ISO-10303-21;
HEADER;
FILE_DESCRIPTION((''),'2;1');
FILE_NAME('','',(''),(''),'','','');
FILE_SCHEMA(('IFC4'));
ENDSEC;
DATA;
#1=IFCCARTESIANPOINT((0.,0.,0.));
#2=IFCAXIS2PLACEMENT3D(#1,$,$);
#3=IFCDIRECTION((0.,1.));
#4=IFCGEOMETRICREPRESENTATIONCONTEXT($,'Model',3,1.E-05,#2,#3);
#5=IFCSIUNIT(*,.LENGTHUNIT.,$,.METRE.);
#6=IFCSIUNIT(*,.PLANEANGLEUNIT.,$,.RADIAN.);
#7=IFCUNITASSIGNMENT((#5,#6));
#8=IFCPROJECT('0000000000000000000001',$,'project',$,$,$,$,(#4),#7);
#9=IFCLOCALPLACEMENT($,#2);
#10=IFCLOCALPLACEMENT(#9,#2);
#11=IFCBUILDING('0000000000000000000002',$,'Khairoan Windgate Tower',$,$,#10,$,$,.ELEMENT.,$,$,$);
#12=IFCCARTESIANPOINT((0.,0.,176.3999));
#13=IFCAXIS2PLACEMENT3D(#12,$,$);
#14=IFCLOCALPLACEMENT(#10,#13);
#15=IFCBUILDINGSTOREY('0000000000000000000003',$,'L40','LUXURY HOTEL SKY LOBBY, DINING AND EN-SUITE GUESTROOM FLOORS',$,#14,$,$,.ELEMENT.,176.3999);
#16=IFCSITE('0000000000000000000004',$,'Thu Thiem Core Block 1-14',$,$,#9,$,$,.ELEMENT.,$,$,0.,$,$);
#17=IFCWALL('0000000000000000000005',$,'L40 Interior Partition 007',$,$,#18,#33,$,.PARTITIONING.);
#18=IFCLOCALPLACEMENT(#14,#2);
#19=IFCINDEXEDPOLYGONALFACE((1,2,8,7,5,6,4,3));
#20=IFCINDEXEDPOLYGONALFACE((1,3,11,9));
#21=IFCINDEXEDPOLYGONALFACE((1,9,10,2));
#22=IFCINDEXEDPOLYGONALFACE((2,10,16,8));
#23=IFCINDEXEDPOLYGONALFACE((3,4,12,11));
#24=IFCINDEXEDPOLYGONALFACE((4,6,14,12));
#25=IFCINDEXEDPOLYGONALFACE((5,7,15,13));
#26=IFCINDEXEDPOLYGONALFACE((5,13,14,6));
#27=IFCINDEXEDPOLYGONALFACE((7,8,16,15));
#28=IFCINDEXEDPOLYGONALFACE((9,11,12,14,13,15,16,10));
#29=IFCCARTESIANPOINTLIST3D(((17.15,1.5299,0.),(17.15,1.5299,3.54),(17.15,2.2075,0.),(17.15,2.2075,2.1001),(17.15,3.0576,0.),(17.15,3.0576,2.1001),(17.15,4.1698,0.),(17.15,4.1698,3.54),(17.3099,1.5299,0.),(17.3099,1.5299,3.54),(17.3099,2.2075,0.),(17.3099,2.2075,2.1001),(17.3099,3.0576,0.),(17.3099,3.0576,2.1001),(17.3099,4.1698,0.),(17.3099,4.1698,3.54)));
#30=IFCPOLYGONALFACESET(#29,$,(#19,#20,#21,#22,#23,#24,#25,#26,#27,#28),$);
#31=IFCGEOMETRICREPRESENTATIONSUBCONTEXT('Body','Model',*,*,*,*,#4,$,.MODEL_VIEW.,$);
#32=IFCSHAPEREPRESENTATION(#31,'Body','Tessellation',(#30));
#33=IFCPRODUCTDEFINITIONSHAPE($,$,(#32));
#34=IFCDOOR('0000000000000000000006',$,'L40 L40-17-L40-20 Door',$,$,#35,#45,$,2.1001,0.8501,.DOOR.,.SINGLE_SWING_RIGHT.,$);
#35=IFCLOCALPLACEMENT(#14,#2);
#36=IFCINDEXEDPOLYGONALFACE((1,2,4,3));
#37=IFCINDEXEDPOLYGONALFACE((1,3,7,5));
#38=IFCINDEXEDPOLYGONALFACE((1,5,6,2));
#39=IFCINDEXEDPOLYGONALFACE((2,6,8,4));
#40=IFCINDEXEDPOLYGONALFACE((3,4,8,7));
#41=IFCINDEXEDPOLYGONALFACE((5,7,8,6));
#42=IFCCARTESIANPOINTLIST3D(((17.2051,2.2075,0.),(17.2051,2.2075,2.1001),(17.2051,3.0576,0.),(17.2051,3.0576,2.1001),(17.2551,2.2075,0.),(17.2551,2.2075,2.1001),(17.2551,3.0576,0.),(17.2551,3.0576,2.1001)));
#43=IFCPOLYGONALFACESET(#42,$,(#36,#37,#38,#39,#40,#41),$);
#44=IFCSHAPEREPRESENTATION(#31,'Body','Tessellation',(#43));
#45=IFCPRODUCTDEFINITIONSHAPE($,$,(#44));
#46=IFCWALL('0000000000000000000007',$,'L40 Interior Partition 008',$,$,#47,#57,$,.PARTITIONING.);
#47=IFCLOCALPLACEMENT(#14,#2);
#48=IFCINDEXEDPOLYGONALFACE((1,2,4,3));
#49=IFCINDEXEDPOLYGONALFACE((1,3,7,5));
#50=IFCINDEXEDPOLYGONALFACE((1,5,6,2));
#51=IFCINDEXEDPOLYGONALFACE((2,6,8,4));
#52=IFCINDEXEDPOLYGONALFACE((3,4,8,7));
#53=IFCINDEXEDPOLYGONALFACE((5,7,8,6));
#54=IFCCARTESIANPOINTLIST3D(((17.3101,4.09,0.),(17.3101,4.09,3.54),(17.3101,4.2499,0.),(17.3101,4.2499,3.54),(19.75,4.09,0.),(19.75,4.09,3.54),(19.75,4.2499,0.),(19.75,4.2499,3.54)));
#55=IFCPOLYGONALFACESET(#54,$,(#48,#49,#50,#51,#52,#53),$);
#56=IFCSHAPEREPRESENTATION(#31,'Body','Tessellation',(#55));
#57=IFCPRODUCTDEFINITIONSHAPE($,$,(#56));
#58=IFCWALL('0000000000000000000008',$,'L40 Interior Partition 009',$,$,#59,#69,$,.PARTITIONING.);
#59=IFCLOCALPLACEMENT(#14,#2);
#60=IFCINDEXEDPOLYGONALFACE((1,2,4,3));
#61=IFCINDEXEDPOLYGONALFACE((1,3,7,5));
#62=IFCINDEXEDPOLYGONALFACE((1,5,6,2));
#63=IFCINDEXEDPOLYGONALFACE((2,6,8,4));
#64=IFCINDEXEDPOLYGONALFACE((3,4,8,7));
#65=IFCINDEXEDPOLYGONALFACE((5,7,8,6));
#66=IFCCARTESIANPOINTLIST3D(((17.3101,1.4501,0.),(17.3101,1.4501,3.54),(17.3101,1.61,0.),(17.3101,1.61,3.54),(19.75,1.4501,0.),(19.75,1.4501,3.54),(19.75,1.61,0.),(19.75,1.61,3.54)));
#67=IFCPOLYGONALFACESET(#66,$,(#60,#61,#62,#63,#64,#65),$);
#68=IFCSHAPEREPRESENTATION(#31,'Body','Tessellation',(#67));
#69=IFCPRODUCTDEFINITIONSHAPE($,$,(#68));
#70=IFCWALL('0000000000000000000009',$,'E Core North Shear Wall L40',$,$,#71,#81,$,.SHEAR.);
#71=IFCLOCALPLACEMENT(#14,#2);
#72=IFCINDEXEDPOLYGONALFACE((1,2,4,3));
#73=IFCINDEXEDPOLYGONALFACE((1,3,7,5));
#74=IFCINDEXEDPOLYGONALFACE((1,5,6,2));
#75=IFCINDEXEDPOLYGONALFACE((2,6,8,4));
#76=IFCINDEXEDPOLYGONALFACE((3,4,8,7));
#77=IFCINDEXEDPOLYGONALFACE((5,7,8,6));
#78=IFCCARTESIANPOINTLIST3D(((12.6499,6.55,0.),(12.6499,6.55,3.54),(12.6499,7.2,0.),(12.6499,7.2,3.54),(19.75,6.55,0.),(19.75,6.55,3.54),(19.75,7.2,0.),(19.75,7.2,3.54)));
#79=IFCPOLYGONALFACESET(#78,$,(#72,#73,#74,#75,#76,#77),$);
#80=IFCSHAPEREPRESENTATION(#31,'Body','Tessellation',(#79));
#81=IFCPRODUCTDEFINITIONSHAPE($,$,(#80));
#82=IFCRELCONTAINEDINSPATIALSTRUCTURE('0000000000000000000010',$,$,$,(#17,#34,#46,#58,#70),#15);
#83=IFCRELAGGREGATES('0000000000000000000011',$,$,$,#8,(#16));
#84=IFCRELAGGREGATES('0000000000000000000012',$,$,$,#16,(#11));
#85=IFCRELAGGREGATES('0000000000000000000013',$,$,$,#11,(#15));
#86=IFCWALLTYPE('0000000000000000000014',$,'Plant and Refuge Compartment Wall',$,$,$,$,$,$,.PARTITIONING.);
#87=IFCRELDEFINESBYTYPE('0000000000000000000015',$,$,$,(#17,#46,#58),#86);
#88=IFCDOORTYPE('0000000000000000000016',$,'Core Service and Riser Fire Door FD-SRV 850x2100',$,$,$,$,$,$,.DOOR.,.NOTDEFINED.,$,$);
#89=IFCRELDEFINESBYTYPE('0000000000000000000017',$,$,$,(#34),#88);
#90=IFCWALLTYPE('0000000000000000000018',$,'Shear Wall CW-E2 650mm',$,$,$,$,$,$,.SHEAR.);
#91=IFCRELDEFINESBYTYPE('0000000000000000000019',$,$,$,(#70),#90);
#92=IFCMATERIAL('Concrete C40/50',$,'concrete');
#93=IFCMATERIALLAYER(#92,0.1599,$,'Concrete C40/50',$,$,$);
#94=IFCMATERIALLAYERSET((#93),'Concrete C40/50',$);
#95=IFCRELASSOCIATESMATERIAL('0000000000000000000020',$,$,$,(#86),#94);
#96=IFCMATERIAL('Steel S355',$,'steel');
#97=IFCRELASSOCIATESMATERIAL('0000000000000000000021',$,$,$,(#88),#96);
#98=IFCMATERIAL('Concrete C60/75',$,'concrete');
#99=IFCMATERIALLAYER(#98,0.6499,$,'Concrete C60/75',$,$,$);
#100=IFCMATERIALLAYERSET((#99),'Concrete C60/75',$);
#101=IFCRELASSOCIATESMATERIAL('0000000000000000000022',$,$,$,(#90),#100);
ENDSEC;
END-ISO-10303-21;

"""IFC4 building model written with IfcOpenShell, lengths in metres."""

from ifc_helpers import new_model, si_unit, direction, frame, frame_2d, origin, place, context, subcontext, project, spatial, rectangle, extrude, material, layer, layer_set, type_object, element, fill, save


model = new_model("IFC4")

# Units and contexts
model_context = context("Model", 3, precision=1e-05, world=origin(), true_north=direction((0.0, 1.0)))
body_context = subcontext(model_context, "Body", "Model", "MODEL_VIEW")
ifc_project = project(units=[si_unit("LENGTHUNIT", "METRE"), si_unit("PLANEANGLEUNIT", "RADIAN")], contexts=[model_context])

# Site, building, storey
site_placement = place(None, origin())
site = spatial("IfcSite", under=ifc_project, at=site_placement, Name="Thu Thiem Core Block 1-14", CompositionType="ELEMENT", RefElevation=0.0)
building_placement = place(site_placement, origin())
building = spatial("IfcBuilding", under=site, at=building_placement, Name="Khairoan Windgate Tower", CompositionType="ELEMENT")
storey_placement = place(building_placement, frame((0.0, 0.0, 176.3999)))
storey = spatial("IfcBuildingStorey", under=building, at=storey_placement, Name="L40", Description="LUXURY HOTEL SKY LOBBY, DINING AND EN-SUITE GUESTROOM FLOORS", CompositionType="ELEMENT", Elevation=176.3999)

# Wall, opening, door
ifc_material_1 = material(Name="Concrete C40/50", Category="concrete")
ifc_layer_1 = layer(ifc_material_1, 0.1599, Name="Concrete C40/50")
ifc_layer_set_1 = layer_set([ifc_layer_1], Name="Concrete C40/50")
wall_type_1 = type_object("IfcWallType", Name="Plant and Refuge Compartment Wall", PredefinedType="PARTITIONING", material=ifc_layer_set_1)
ifc_material_2 = material(Name="Steel S355", Category="steel")
door_type = type_object("IfcDoorType", Name="Core Service and Riser Fire Door FD-SRV 850x2100", OperationType="NOTDEFINED", PredefinedType="DOOR", material=ifc_material_2)
wall_1_placement = place(storey_placement, frame((17.23, 1.53, 0.0), z_axis=(0.0, 0.0, 1.0), x_axis=(0.0, 1.0, 0.0)))
wall_1 = element("IfcWall", 1, at=wall_1_placement, inside=storey, type_object=wall_type_1, Name="L40 Interior Partition 007", PredefinedType="PARTITIONING", context=body_context, shape_type="SweptSolid", body=[
    extrude(rectangle(XDim=2.6399, YDim=0.1599, at=frame_2d((1.3198, 0.0))), origin(), (0.0, 0.0, 1.0), 3.54),
])
opening_1_placement = place(wall_1_placement, frame((0.6775, 0.0, 0.0)))
opening_1 = element("IfcOpeningElement", 2, at=opening_1_placement, cuts=wall_1, PredefinedType="OPENING", context=body_context, shape_type="SweptSolid", body=[
    extrude(rectangle(XDim=0.8501, YDim=2.1001, at=frame_2d((0.425, 1.05))), frame((0.0, 0.0898, 0.0), z_axis=(0.0, -1.0, 0.0), x_axis=(1.0, 0.0, 0.0)), (0.0, 0.0, 1.0), 0.1799),
])
door_1_placement = place(opening_1_placement, origin())
door_1 = element("IfcDoor", 3, at=door_1_placement, inside=storey, type_object=door_type, Name="L40 L40-17-L40-20 Door", OperationType="SINGLE_SWING_RIGHT", OverallHeight=2.1001, OverallWidth=0.8501, PredefinedType="DOOR", context=body_context, shape_type="SweptSolid", body=[
    extrude(rectangle(XDim=0.8501, YDim=2.1001, at=frame_2d((0.425, 1.05))), frame((0.0, 0.0249, 0.0), z_axis=(0.0, -1.0, 0.0), x_axis=(1.0, 0.0, 0.0)), (0.0, 0.0, 1.0), 0.05),
])
fill(opening_1, door_1)

# Walls
for number, where, z_axis, x_axis, name in (
    (4, (17.3101, 4.1699, 0.0), (0.0, 0.0, 1.0), (1.0, 0.0, 0.0), "L40 Interior Partition 008"),
    (5, (17.3101, 1.53, 0.0), (0.0, 0.0, 1.0), (1.0, 0.0, 0.0), "L40 Interior Partition 009"),
):
    element("IfcWall", number, at=place(storey_placement, frame(where, z_axis=z_axis, x_axis=x_axis)), inside=storey, type_object=wall_type_1, Name=name, PredefinedType="PARTITIONING", context=body_context, shape_type="SweptSolid", body=[
        extrude(rectangle(XDim=2.4399, YDim=0.1599, at=frame_2d((1.22, 0.0))), origin(), (0.0, 0.0, 1.0), 3.54),
    ])
ifc_material_3 = material(Name="Concrete C60/75", Category="concrete")
ifc_layer_2 = layer(ifc_material_3, 0.6499, Name="Concrete C60/75")
ifc_layer_set_2 = layer_set([ifc_layer_2], Name="Concrete C60/75")
wall_type_2 = type_object("IfcWallType", Name="Shear Wall CW-E2 650mm", PredefinedType="SHEAR", material=ifc_layer_set_2)
wall_2_placement = place(storey_placement, frame((12.6499, 6.875, 0.0), z_axis=(0.0, 0.0, 1.0), x_axis=(1.0, 0.0, 0.0)))
element("IfcWall", 6, at=wall_2_placement, inside=storey, type_object=wall_type_2, Name="E Core North Shear Wall L40", PredefinedType="SHEAR", context=body_context, shape_type="SweptSolid", body=[
    extrude(rectangle(XDim=7.1001, YDim=0.6499, at=frame_2d((3.55, 0.0))), origin(), (0.0, 0.0, 1.0), 3.54),
])

save(model, "model.ifc")
